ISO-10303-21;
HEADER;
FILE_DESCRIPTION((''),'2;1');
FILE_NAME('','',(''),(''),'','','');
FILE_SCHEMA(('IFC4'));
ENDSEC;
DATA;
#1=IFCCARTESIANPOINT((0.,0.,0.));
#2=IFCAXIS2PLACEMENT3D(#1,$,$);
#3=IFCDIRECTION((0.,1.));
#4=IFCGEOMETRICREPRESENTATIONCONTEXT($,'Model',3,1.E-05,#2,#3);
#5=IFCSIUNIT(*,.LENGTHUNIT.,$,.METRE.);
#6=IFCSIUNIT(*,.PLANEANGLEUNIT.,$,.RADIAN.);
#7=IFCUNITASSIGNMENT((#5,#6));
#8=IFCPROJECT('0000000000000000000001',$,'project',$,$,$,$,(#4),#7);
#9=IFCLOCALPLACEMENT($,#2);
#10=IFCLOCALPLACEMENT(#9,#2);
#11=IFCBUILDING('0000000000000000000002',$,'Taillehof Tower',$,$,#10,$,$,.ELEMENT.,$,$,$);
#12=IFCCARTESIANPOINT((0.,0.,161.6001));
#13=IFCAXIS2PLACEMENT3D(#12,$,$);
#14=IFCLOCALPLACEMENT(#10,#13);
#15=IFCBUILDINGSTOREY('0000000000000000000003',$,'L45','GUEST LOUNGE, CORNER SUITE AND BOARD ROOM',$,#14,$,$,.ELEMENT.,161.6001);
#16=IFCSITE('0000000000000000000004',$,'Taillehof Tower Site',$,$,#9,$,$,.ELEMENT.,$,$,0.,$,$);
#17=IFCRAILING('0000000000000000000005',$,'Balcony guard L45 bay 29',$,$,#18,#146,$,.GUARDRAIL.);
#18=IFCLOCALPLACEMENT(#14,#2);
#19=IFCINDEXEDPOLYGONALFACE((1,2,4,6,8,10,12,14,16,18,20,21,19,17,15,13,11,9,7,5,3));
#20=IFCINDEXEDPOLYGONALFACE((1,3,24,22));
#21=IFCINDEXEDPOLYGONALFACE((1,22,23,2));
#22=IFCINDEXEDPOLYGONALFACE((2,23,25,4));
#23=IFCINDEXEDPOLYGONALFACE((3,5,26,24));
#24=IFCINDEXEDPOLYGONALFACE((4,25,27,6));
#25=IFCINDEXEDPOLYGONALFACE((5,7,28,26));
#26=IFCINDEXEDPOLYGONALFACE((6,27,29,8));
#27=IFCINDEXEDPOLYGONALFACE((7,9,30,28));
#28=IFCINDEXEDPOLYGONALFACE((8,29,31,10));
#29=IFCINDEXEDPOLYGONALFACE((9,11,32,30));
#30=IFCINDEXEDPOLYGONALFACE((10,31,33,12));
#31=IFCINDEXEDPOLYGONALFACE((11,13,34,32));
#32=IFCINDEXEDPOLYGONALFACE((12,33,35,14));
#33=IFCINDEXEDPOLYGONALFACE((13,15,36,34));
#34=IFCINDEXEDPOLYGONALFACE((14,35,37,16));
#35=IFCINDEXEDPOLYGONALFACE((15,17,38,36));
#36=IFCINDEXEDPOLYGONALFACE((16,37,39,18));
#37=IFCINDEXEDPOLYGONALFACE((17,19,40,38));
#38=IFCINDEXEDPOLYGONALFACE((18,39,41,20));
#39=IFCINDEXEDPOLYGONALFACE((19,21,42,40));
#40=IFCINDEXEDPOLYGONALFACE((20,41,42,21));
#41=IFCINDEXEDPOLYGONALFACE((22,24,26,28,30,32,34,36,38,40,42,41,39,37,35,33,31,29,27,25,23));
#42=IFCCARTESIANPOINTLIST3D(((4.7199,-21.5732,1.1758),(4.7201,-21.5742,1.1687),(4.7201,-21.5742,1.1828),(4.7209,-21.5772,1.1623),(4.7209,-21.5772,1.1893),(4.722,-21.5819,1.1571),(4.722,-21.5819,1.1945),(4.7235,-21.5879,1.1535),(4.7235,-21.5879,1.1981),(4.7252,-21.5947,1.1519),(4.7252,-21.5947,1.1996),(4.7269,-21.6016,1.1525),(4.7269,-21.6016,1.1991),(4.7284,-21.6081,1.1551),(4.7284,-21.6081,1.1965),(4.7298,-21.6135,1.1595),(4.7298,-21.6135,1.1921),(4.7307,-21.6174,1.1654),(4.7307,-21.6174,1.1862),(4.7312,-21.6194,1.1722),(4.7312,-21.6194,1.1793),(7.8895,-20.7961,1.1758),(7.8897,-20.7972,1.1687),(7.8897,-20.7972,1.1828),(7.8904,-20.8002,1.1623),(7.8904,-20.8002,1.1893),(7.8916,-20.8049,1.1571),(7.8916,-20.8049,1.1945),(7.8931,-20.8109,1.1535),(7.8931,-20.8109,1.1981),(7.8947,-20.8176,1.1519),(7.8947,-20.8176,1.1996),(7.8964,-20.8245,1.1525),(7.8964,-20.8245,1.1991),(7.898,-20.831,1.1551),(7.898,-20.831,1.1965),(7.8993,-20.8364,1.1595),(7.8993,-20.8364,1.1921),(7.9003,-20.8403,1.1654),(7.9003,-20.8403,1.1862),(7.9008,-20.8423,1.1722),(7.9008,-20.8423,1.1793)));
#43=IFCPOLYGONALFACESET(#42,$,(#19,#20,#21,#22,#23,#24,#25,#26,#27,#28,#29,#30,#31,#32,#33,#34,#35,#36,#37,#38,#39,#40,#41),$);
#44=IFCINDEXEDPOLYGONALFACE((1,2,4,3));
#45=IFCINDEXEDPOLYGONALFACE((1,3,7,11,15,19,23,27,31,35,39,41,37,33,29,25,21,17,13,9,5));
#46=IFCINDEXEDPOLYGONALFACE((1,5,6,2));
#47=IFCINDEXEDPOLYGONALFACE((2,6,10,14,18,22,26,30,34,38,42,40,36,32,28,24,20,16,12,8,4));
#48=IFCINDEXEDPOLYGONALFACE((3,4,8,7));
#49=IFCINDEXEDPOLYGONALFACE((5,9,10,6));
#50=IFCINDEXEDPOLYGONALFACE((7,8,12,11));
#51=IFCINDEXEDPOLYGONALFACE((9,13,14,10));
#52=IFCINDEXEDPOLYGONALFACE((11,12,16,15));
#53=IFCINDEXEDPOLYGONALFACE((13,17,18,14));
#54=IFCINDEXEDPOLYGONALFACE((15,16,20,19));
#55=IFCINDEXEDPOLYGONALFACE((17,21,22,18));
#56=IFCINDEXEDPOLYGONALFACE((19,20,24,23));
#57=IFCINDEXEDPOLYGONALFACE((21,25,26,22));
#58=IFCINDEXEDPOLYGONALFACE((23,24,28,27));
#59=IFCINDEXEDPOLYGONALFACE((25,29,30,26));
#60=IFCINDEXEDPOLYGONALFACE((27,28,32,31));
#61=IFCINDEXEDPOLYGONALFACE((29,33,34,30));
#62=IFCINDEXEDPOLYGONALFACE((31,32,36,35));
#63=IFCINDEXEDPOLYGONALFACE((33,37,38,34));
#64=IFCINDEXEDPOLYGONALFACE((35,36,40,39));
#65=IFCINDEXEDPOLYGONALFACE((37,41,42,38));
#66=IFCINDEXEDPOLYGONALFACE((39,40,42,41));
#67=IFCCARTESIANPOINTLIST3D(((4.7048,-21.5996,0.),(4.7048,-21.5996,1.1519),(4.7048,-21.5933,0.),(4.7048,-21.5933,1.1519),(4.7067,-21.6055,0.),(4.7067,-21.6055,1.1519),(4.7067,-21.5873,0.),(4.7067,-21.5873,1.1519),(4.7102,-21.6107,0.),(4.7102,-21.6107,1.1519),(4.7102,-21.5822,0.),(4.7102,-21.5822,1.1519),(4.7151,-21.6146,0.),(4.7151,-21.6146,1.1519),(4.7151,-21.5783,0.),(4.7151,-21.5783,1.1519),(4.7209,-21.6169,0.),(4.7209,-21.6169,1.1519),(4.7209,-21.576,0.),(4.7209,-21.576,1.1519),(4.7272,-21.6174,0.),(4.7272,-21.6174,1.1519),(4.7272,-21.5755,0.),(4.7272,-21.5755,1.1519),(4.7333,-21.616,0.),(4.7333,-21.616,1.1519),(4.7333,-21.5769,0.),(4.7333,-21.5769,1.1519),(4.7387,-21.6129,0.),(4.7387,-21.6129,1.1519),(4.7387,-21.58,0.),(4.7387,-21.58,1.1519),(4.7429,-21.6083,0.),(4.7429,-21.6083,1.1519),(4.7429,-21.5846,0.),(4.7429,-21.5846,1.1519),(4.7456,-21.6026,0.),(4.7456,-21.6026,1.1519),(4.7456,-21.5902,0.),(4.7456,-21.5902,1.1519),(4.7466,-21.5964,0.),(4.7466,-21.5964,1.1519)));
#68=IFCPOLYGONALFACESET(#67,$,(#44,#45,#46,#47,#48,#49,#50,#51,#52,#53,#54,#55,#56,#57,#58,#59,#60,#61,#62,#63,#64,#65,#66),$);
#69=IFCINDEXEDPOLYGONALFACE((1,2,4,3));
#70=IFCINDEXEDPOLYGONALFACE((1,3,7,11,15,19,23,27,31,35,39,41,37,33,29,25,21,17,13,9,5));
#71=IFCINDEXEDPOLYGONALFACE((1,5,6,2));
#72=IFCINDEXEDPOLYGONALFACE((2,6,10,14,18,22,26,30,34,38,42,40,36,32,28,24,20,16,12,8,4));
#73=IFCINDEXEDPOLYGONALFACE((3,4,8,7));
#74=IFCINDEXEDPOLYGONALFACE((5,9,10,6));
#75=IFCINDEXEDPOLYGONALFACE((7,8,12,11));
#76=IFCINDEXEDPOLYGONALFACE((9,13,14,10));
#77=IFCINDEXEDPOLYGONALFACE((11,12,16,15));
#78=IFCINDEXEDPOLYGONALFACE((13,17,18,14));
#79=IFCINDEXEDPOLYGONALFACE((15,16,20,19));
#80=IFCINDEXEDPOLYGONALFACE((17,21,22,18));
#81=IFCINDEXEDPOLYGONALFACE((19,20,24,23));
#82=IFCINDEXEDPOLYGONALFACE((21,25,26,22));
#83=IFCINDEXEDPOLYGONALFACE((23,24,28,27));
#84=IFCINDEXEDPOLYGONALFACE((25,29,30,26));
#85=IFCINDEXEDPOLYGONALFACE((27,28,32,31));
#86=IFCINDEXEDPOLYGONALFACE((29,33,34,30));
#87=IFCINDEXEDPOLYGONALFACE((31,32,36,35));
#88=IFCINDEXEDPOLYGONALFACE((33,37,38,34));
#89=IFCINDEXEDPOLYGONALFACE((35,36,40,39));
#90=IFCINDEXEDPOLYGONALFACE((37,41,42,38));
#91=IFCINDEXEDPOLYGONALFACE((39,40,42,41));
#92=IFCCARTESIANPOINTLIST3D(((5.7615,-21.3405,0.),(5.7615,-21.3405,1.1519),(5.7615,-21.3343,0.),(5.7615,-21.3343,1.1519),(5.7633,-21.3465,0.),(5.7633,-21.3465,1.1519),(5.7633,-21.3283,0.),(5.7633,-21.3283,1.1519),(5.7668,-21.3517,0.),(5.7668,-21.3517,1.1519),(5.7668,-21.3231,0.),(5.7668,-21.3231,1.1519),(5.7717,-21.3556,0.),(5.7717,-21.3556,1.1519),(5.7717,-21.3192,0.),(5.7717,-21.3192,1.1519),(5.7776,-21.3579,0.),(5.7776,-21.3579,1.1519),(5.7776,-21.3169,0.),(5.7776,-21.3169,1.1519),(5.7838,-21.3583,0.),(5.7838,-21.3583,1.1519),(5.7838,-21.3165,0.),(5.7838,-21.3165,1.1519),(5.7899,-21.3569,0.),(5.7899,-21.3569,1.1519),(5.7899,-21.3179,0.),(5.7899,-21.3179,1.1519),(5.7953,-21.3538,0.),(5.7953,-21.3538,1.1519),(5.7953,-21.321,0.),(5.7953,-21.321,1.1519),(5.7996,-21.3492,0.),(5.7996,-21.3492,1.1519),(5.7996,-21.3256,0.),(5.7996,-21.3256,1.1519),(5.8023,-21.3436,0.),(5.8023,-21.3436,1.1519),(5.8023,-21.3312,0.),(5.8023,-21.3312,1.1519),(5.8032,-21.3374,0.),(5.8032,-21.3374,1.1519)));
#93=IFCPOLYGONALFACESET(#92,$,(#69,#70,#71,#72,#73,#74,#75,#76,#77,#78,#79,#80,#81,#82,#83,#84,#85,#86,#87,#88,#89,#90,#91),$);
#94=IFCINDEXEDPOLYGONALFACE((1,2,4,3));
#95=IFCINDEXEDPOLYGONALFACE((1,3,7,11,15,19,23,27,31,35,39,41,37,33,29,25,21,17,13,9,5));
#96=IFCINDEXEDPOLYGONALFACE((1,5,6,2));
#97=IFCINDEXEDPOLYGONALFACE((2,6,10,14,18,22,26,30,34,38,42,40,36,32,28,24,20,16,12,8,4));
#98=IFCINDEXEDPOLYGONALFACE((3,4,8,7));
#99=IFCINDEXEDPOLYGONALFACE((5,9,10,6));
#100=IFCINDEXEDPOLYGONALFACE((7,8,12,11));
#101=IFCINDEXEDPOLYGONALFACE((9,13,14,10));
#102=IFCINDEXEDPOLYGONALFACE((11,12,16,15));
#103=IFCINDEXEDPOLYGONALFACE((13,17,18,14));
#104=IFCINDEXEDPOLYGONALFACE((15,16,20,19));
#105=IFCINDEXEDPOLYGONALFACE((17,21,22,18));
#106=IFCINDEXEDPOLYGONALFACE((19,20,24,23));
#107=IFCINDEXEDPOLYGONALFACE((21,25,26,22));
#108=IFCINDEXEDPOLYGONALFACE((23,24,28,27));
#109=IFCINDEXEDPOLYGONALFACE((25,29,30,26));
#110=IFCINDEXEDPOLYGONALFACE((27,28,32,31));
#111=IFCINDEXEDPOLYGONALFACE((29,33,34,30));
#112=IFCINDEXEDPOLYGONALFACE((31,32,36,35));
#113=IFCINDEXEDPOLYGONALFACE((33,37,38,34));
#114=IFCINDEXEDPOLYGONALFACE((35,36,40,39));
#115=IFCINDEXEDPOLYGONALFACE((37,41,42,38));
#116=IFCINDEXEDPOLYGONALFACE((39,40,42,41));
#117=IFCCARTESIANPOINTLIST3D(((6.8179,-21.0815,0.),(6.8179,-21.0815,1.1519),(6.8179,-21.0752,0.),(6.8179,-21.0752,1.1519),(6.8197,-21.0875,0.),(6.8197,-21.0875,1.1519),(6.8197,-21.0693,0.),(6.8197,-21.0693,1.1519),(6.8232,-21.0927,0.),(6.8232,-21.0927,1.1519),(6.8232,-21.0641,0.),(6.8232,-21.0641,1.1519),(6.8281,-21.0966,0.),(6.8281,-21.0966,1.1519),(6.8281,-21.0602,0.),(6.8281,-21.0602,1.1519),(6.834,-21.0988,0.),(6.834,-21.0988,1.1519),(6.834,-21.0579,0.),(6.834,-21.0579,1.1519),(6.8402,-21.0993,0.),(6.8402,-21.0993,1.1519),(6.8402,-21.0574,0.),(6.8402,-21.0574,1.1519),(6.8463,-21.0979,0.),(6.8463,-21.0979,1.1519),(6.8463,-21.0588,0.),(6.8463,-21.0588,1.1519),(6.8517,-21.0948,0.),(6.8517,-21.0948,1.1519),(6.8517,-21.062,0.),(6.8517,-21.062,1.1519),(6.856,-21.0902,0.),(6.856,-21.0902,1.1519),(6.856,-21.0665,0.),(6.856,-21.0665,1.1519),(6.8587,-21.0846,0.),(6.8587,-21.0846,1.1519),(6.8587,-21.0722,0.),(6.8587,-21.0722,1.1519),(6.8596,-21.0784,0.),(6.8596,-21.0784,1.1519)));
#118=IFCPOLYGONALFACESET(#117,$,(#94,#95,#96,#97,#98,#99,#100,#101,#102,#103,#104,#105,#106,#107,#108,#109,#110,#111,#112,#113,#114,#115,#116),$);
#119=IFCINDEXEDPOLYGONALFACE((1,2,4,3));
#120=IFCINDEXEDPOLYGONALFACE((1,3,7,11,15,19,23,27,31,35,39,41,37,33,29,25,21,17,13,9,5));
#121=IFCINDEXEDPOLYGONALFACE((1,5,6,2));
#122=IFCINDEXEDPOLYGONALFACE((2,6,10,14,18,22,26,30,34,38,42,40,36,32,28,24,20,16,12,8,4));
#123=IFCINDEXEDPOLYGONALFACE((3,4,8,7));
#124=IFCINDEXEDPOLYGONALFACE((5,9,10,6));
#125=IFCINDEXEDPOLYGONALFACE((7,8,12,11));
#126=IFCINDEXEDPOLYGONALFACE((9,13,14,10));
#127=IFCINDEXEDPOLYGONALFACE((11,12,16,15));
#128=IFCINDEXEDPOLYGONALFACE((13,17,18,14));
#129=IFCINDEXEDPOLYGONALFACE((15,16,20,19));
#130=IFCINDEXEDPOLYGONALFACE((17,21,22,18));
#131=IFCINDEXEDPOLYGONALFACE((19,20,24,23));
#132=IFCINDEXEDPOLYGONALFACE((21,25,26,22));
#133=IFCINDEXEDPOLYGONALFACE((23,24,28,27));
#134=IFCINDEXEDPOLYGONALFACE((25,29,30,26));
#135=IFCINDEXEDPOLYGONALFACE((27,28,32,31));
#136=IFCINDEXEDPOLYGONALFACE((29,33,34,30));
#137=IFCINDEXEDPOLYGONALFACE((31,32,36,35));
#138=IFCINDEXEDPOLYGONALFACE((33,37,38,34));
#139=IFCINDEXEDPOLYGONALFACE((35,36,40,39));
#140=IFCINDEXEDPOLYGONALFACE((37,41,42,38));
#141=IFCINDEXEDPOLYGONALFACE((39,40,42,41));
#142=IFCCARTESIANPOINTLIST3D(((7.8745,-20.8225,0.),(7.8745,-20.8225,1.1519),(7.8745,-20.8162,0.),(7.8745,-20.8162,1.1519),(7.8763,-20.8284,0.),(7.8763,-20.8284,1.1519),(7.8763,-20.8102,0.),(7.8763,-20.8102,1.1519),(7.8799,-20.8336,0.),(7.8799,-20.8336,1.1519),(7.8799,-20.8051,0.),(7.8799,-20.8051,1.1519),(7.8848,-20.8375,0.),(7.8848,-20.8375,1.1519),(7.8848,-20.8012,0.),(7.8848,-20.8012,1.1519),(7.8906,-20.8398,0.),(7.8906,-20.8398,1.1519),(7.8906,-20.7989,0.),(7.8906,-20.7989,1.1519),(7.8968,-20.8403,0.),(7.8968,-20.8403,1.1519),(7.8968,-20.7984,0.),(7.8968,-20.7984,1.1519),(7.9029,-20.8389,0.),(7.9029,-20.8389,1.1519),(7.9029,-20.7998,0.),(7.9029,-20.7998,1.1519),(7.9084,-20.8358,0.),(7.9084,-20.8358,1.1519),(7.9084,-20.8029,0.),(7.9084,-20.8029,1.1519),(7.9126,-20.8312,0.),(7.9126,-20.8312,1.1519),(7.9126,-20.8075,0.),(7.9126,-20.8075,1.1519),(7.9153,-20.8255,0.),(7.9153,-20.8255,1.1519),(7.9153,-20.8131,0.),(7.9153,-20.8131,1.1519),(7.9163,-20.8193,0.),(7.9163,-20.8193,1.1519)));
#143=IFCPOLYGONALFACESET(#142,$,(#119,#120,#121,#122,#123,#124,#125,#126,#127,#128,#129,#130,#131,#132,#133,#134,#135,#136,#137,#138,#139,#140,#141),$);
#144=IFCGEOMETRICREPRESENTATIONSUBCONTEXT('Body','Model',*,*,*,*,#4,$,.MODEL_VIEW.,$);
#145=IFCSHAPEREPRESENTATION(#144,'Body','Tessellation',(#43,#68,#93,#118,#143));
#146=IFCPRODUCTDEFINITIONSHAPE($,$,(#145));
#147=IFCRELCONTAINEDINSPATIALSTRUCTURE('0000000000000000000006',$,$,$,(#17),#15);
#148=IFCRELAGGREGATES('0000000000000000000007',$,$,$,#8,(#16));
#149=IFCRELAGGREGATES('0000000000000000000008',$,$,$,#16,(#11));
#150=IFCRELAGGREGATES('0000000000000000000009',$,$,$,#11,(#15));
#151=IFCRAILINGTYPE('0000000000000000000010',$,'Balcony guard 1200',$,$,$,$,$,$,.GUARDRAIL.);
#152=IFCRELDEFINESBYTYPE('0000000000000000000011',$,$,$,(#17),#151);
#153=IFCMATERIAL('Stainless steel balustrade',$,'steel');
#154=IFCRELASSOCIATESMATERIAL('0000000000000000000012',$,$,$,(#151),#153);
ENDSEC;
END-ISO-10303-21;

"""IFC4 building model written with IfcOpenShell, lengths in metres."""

from ifc_helpers import new_model, si_unit, direction, frame, origin, origin_2d, place, context, subcontext, project, spatial, circle, extrude, material, type_object, element, save


model = new_model("IFC4")

# Units and contexts
model_context = context("Model", 3, precision=1e-05, world=origin(), true_north=direction((0.0, 1.0)))
body_context = subcontext(model_context, "Body", "Model", "MODEL_VIEW")
ifc_project = project(units=[si_unit("LENGTHUNIT", "METRE"), si_unit("PLANEANGLEUNIT", "RADIAN")], contexts=[model_context])

# Site, building, storey
site_placement = place(None, origin())
site = spatial("IfcSite", under=ifc_project, at=site_placement, Name="Taillehof Tower Site", CompositionType="ELEMENT", RefElevation=0.0)
building_placement = place(site_placement, origin())
building = spatial("IfcBuilding", under=site, at=building_placement, Name="Taillehof Tower", CompositionType="ELEMENT")
storey_placement = place(building_placement, frame((0.0, 0.0, 161.6001)))
storey = spatial("IfcBuildingStorey", under=building, at=storey_placement, Name="L45", Description="GUEST LOUNGE, CORNER SUITE AND BOARD ROOM", CompositionType="ELEMENT", Elevation=161.6001)

# Railing
ifc_material_1 = material(Name="Stainless steel balustrade", Category="steel")
railing_type = type_object("IfcRailingType", Name="Balcony guard 1200", PredefinedType="GUARDRAIL", material=ifc_material_1)
railing_1_placement = place(storey_placement, frame((4.7256, -21.5964, 0.0)))
element("IfcRailing", 1, at=railing_1_placement, inside=storey, type_object=railing_type, Name="Balcony guard L45 bay 29", PredefinedType="GUARDRAIL", context=body_context, shape_type="SweptSolid", body=[
    extrude(circle(Radius=0.0239, at=origin_2d()), frame((0.0, 0.0, 1.1758), z_axis=(0.971237, 0.238115, 0.0), x_axis=(-0.238115, 0.971237, 0.0)), (0.0, 0.0, 1.0), 3.2634),
    extrude(circle(Radius=0.021, at=origin_2d()), origin(), (0.0, 0.0, 1.0), 1.1519),
    extrude(circle(Radius=0.021, at=origin_2d()), frame((1.0566, 0.259, 0.0)), (0.0, 0.0, 1.0), 1.1519),
    extrude(circle(Radius=0.021, at=origin_2d()), frame((2.113, 0.5181, 0.0)), (0.0, 0.0, 1.0), 1.1519),
    extrude(circle(Radius=0.021, at=origin_2d()), frame((3.1697, 0.7771, 0.0)), (0.0, 0.0, 1.0), 1.1519),
])

save(model, "model.ifc")
